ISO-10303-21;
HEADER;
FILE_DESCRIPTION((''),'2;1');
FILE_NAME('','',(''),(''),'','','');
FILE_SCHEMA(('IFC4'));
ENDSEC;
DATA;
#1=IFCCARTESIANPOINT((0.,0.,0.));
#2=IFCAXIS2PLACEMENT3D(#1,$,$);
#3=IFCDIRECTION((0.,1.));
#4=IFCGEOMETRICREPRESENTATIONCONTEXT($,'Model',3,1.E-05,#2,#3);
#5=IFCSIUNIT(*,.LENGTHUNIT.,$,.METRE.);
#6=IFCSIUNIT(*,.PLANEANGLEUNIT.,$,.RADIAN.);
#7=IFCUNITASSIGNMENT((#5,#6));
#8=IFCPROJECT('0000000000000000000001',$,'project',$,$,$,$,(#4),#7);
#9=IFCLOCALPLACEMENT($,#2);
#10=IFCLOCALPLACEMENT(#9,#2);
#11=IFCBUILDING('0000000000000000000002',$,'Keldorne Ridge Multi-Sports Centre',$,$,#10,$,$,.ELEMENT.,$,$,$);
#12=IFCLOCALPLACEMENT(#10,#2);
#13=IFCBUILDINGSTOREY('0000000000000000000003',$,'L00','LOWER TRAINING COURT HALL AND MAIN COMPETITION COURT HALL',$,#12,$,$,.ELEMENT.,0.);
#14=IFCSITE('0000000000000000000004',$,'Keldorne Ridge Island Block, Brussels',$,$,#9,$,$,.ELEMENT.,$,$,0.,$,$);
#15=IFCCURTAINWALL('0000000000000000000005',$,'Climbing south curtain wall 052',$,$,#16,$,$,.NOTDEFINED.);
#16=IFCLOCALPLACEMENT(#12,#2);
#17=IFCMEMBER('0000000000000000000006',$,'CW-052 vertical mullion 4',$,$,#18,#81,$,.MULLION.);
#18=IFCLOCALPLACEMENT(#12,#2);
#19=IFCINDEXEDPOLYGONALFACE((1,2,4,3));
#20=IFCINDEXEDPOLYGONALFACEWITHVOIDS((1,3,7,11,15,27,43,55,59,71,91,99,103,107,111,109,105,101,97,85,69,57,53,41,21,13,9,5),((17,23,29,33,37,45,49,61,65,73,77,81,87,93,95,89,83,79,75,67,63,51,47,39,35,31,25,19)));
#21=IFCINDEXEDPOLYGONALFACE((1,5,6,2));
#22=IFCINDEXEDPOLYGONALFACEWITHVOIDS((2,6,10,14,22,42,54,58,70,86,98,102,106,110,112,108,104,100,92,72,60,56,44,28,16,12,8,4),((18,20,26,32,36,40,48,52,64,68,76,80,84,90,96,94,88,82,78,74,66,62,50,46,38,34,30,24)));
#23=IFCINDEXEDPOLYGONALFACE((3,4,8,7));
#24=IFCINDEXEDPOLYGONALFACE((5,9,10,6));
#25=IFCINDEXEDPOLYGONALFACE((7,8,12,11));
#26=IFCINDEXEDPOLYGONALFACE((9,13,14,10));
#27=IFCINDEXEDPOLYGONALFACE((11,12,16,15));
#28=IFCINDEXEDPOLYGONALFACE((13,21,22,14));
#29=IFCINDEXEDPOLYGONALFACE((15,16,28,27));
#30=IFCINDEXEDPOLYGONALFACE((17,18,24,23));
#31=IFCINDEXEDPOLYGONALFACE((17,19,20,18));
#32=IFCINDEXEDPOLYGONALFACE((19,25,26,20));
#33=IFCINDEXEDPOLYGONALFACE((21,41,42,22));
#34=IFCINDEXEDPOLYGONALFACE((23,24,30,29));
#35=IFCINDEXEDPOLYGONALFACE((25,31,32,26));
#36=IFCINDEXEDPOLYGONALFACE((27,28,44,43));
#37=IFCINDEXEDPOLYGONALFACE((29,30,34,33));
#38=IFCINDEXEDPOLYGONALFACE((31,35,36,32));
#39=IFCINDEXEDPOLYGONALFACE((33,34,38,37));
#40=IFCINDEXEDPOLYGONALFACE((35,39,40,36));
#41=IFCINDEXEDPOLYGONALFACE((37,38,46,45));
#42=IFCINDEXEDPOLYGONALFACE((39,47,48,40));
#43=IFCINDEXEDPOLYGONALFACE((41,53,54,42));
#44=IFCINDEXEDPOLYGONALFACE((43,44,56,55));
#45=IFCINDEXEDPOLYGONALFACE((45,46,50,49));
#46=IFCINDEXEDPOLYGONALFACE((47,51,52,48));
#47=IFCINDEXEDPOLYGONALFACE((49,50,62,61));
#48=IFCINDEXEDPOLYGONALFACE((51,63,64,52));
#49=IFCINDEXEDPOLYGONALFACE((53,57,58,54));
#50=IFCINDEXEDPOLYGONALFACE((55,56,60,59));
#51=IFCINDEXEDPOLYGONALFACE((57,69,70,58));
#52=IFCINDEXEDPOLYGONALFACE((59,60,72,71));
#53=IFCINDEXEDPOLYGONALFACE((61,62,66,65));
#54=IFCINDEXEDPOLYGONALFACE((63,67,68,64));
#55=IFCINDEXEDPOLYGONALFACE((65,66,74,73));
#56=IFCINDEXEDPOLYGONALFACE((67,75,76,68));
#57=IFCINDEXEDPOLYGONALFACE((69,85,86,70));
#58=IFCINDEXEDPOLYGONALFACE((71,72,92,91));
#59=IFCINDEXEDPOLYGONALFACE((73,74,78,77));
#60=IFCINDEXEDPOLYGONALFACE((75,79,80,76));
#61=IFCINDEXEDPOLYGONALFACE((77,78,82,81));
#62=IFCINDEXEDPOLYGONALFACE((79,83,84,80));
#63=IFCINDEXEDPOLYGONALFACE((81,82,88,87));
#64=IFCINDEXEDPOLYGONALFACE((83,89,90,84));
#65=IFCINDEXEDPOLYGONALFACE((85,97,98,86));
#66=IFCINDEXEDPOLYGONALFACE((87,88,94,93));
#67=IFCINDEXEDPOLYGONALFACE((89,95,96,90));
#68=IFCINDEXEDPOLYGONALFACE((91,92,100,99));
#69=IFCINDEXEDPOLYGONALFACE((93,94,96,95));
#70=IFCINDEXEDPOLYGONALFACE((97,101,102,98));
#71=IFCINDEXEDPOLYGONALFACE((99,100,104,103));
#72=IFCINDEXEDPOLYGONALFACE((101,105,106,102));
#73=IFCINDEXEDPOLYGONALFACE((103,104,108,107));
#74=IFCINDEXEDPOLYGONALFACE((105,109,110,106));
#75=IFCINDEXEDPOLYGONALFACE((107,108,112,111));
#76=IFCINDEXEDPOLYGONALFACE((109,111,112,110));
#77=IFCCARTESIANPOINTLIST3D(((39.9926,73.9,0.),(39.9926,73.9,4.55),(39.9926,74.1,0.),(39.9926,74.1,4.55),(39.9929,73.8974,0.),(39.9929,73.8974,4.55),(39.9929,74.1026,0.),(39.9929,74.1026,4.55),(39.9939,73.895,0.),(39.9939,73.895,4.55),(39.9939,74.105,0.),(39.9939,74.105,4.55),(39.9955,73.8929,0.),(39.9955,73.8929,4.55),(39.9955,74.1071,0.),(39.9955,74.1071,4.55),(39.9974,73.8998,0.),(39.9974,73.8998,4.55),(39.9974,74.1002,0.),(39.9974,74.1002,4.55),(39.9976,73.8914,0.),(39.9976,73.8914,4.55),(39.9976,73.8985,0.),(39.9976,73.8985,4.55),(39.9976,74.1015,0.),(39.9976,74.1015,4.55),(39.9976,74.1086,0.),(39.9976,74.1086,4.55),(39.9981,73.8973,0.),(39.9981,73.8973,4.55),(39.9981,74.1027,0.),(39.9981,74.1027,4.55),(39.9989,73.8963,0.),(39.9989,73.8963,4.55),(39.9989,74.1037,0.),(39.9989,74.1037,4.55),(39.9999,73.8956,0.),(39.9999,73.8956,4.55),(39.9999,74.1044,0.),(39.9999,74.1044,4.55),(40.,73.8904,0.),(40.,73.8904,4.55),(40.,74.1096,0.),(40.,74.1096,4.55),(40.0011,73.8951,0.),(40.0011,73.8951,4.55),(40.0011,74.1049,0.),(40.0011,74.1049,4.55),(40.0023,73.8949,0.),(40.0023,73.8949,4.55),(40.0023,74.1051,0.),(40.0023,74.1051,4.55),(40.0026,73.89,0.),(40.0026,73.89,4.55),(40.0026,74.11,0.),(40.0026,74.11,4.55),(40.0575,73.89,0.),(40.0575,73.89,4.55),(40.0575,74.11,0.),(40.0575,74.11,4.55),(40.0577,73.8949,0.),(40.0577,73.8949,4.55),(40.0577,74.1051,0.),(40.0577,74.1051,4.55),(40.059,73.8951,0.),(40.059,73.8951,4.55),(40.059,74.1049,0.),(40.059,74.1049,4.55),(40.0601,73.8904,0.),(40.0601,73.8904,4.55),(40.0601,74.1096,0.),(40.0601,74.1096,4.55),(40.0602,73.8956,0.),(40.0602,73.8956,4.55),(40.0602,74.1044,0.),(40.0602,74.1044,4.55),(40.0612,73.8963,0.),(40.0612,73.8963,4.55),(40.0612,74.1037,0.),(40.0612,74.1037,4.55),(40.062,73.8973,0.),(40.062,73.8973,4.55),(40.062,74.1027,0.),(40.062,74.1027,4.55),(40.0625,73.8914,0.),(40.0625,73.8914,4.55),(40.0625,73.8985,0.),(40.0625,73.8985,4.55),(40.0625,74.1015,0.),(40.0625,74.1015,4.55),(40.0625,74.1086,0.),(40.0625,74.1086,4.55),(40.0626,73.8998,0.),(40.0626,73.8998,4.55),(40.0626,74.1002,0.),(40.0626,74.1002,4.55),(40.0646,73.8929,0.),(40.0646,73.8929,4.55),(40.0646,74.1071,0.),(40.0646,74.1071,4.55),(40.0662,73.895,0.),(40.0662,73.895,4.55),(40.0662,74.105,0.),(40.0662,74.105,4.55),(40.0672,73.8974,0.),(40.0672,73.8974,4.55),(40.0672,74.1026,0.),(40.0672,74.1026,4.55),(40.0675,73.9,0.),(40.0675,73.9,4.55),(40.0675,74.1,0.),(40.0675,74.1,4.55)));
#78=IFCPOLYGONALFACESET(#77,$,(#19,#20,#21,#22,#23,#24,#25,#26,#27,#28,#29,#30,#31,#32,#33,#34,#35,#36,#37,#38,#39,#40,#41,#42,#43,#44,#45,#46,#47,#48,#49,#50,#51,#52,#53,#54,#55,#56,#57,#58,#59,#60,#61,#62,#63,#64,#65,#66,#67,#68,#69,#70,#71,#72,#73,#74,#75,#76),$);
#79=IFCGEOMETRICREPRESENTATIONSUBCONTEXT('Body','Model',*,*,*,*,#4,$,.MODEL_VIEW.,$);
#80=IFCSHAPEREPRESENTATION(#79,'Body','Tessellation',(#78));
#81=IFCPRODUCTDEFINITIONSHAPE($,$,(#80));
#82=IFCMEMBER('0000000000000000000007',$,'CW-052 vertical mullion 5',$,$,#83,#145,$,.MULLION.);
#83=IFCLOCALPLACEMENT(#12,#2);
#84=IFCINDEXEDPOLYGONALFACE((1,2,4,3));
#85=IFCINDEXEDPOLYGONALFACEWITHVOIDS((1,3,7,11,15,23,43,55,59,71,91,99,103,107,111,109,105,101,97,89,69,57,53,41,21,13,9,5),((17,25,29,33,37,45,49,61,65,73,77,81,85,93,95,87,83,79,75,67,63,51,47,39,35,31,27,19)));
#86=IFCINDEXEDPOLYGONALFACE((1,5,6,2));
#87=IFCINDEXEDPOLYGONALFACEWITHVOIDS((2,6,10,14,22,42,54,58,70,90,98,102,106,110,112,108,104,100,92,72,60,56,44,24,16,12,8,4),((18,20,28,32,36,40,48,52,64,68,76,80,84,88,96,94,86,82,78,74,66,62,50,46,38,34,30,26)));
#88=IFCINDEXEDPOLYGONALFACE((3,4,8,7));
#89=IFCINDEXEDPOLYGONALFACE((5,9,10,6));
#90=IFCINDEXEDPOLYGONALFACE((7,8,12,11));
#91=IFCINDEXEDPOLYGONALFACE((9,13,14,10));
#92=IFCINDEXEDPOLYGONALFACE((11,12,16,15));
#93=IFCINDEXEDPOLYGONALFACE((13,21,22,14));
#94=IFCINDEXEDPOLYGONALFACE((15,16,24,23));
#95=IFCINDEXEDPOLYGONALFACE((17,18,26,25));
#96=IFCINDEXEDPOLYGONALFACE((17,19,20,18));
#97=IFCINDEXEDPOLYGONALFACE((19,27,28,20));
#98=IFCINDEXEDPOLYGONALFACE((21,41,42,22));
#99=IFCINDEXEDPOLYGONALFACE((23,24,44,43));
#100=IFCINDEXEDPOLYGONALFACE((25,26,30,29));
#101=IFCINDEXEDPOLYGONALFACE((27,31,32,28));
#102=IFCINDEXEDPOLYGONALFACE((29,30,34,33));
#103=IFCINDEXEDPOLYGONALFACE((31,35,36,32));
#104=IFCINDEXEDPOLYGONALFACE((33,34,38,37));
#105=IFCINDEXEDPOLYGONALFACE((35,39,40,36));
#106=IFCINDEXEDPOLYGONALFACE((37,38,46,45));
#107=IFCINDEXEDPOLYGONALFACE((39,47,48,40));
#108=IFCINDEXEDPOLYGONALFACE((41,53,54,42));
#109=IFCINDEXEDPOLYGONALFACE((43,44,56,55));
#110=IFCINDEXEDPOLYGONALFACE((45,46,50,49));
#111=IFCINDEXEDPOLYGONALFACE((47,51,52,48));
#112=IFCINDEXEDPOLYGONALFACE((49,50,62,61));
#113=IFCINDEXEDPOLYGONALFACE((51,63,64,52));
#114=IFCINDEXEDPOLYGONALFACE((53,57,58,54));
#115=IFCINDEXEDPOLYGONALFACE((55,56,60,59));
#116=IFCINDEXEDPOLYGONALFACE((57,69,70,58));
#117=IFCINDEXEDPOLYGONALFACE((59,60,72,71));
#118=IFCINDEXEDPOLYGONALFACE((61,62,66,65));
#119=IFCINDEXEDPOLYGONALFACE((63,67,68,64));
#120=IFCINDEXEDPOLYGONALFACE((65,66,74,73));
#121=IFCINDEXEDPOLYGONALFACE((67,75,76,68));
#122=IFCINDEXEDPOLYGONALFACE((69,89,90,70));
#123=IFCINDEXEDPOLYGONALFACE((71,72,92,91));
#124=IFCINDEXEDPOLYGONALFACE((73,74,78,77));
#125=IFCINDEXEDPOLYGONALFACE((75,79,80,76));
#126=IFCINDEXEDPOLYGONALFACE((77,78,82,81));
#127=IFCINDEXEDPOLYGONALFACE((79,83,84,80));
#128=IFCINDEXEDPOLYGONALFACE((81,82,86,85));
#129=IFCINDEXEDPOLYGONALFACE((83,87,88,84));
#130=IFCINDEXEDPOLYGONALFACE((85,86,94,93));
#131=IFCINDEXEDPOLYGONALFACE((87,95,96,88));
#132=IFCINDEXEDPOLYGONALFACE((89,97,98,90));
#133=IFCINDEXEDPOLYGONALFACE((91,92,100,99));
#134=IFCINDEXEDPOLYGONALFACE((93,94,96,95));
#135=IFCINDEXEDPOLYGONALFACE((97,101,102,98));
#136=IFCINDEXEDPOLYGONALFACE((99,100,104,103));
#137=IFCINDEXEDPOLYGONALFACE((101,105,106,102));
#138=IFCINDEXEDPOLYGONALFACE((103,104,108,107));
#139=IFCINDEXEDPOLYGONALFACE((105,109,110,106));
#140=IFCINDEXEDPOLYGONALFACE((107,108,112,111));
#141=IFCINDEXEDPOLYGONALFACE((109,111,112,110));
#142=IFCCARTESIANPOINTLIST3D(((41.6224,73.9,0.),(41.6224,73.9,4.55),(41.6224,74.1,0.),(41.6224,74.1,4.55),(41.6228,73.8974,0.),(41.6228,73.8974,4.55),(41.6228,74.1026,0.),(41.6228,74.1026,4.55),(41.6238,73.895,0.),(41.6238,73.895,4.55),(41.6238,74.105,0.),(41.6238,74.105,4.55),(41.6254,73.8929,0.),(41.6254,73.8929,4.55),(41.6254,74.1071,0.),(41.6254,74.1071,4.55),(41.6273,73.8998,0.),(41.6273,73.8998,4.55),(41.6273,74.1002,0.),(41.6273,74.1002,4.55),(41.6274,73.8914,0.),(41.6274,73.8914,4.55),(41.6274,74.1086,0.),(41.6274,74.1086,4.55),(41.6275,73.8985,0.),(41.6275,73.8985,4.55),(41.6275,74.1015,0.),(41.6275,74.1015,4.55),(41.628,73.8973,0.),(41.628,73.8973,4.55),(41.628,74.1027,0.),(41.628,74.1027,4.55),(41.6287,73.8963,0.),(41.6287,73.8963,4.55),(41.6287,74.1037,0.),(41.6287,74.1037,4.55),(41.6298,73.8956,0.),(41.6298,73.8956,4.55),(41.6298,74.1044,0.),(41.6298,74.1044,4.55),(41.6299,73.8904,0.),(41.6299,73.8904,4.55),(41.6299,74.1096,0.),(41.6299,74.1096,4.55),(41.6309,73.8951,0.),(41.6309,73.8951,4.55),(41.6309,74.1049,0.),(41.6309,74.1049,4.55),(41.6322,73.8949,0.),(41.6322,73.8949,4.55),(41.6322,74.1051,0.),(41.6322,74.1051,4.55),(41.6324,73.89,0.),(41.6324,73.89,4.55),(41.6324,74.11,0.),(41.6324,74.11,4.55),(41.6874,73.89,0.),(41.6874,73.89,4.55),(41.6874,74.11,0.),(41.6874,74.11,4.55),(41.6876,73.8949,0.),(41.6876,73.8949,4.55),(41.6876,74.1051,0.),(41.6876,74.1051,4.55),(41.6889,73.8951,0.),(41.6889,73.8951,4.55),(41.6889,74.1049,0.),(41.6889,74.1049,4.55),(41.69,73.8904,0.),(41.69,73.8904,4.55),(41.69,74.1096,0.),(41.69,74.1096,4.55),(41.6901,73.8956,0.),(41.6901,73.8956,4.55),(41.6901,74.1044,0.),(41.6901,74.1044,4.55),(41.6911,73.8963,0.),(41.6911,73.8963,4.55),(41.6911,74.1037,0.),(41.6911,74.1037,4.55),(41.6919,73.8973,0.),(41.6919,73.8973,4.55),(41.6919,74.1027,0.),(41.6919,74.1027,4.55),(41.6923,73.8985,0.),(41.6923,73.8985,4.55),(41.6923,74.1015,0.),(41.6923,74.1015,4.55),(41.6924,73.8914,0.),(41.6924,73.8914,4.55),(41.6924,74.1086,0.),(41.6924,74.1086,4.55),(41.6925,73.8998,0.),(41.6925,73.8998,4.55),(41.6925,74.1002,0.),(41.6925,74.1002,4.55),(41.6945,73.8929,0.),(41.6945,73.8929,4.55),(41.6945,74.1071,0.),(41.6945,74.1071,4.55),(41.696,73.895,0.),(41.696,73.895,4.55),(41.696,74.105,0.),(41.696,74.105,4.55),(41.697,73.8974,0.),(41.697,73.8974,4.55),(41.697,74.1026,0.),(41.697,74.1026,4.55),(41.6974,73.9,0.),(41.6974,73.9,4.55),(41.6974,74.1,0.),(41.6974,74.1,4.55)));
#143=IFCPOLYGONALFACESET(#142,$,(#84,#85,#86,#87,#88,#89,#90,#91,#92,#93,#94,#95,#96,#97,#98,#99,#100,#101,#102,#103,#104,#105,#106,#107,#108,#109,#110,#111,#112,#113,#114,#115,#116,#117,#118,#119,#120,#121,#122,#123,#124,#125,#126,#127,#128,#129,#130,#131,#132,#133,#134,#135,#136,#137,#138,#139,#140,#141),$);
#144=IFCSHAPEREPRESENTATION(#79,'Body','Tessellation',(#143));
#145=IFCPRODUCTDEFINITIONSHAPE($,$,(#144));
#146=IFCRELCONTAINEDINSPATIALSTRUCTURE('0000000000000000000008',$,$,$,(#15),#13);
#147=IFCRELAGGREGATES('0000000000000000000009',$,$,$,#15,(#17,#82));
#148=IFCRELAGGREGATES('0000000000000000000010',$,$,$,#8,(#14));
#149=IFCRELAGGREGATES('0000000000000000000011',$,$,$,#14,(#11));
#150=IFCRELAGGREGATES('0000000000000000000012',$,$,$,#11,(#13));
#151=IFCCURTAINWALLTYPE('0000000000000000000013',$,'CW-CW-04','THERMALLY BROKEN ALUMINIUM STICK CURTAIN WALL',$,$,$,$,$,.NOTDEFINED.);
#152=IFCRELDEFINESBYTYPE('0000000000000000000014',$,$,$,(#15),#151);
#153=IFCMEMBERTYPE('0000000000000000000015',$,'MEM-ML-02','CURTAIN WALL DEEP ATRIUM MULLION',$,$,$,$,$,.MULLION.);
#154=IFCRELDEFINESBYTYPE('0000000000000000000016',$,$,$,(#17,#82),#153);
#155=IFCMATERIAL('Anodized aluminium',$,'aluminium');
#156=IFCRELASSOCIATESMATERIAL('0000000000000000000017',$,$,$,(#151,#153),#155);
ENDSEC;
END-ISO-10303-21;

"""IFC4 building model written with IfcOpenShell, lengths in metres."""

from ifc_helpers import new_model, si_unit, direction, frame, origin, origin_2d, place, context, subcontext, project, spatial, hollow_rectangle, extrude, material, material_profile, profile_set, type_object, element, aggregate, save


model = new_model("IFC4")

# Units and contexts
model_context = context("Model", 3, precision=1e-05, world=origin(), true_north=direction((0.0, 1.0)))
body_context = subcontext(model_context, "Body", "Model", "MODEL_VIEW")
ifc_project = project(units=[si_unit("LENGTHUNIT", "METRE"), si_unit("PLANEANGLEUNIT", "RADIAN")], contexts=[model_context])

# Site, building, storey
site_placement = place(None, origin())
site = spatial("IfcSite", under=ifc_project, at=site_placement, Name="Keldorne Ridge Island Block, Brussels", CompositionType="ELEMENT", RefElevation=0.0)
building_placement = place(site_placement, origin())
building = spatial("IfcBuilding", under=site, at=building_placement, Name="Keldorne Ridge Multi-Sports Centre", CompositionType="ELEMENT")
storey_placement = place(building_placement, origin())
storey = spatial("IfcBuildingStorey", under=building, at=storey_placement, Name="L00", Description="LOWER TRAINING COURT HALL AND MAIN COMPETITION COURT HALL", CompositionType="ELEMENT", Elevation=0.0)

# Shared definitions
ifc_material_1 = material(Name="Anodized aluminium", Category="aluminium")

# Curtain wall, members
curtain_wall_type_1 = type_object("IfcCurtainWallType", Name="CW-CW-04", Description="THERMALLY BROKEN ALUMINIUM STICK CURTAIN WALL", PredefinedType="NOTDEFINED", material=ifc_material_1)
curtain_wall_1_placement = place(storey_placement, origin())
curtain_wall_1 = element("IfcCurtainWall", 1, at=curtain_wall_1_placement, inside=storey, type_object=curtain_wall_type_1, Name="Climbing south curtain wall 052", PredefinedType="NOTDEFINED")
ifc_material_profile_1 = material_profile(ifc_material_1, hollow_rectangle(XDim=0.075, YDim=0.22, WallThickness=0.0049, InnerFilletRadius=0.0049, OuterFilletRadius=0.01, at=origin_2d()), Name="ALU MULLION 220x75x5")
ifc_profile_set_1 = profile_set([ifc_material_profile_1], Name="Anodized aluminium")
member_type_1 = type_object("IfcMemberType", Name="MEM-ML-02", Description="CURTAIN WALL DEEP ATRIUM MULLION", PredefinedType="MULLION", material=ifc_profile_set_1)
member_1_placement = place(storey_placement, frame((40.03, 74.0, 0.0), z_axis=(0.0, 0.0, 1.0), x_axis=(1.0, 0.0, 0.0)))
member_1 = element("IfcMember", 2, at=member_1_placement, type_object=member_type_1, Name="CW-052 vertical mullion 4", PredefinedType="MULLION", context=body_context, shape_type="SweptSolid", body=[
    extrude(hollow_rectangle(XDim=0.075, YDim=0.22, WallThickness=0.0049, InnerFilletRadius=0.0049, OuterFilletRadius=0.01, at=origin_2d()), origin(), (0.0, 0.0, 1.0), 4.55),
])
member_2_placement = place(storey_placement, frame((41.6599, 74.0, 0.0), z_axis=(0.0, 0.0, 1.0), x_axis=(1.0, 0.0, 0.0)))
member_2 = element("IfcMember", 3, at=member_2_placement, type_object=member_type_1, Name="CW-052 vertical mullion 5", PredefinedType="MULLION", context=body_context, shape_type="SweptSolid", body=[
    extrude(hollow_rectangle(XDim=0.075, YDim=0.22, WallThickness=0.0049, InnerFilletRadius=0.0049, OuterFilletRadius=0.01, at=origin_2d()), origin(), (0.0, 0.0, 1.0), 4.55),
])
aggregate(curtain_wall_1, [member_1, member_2])

save(model, "model.ifc")
